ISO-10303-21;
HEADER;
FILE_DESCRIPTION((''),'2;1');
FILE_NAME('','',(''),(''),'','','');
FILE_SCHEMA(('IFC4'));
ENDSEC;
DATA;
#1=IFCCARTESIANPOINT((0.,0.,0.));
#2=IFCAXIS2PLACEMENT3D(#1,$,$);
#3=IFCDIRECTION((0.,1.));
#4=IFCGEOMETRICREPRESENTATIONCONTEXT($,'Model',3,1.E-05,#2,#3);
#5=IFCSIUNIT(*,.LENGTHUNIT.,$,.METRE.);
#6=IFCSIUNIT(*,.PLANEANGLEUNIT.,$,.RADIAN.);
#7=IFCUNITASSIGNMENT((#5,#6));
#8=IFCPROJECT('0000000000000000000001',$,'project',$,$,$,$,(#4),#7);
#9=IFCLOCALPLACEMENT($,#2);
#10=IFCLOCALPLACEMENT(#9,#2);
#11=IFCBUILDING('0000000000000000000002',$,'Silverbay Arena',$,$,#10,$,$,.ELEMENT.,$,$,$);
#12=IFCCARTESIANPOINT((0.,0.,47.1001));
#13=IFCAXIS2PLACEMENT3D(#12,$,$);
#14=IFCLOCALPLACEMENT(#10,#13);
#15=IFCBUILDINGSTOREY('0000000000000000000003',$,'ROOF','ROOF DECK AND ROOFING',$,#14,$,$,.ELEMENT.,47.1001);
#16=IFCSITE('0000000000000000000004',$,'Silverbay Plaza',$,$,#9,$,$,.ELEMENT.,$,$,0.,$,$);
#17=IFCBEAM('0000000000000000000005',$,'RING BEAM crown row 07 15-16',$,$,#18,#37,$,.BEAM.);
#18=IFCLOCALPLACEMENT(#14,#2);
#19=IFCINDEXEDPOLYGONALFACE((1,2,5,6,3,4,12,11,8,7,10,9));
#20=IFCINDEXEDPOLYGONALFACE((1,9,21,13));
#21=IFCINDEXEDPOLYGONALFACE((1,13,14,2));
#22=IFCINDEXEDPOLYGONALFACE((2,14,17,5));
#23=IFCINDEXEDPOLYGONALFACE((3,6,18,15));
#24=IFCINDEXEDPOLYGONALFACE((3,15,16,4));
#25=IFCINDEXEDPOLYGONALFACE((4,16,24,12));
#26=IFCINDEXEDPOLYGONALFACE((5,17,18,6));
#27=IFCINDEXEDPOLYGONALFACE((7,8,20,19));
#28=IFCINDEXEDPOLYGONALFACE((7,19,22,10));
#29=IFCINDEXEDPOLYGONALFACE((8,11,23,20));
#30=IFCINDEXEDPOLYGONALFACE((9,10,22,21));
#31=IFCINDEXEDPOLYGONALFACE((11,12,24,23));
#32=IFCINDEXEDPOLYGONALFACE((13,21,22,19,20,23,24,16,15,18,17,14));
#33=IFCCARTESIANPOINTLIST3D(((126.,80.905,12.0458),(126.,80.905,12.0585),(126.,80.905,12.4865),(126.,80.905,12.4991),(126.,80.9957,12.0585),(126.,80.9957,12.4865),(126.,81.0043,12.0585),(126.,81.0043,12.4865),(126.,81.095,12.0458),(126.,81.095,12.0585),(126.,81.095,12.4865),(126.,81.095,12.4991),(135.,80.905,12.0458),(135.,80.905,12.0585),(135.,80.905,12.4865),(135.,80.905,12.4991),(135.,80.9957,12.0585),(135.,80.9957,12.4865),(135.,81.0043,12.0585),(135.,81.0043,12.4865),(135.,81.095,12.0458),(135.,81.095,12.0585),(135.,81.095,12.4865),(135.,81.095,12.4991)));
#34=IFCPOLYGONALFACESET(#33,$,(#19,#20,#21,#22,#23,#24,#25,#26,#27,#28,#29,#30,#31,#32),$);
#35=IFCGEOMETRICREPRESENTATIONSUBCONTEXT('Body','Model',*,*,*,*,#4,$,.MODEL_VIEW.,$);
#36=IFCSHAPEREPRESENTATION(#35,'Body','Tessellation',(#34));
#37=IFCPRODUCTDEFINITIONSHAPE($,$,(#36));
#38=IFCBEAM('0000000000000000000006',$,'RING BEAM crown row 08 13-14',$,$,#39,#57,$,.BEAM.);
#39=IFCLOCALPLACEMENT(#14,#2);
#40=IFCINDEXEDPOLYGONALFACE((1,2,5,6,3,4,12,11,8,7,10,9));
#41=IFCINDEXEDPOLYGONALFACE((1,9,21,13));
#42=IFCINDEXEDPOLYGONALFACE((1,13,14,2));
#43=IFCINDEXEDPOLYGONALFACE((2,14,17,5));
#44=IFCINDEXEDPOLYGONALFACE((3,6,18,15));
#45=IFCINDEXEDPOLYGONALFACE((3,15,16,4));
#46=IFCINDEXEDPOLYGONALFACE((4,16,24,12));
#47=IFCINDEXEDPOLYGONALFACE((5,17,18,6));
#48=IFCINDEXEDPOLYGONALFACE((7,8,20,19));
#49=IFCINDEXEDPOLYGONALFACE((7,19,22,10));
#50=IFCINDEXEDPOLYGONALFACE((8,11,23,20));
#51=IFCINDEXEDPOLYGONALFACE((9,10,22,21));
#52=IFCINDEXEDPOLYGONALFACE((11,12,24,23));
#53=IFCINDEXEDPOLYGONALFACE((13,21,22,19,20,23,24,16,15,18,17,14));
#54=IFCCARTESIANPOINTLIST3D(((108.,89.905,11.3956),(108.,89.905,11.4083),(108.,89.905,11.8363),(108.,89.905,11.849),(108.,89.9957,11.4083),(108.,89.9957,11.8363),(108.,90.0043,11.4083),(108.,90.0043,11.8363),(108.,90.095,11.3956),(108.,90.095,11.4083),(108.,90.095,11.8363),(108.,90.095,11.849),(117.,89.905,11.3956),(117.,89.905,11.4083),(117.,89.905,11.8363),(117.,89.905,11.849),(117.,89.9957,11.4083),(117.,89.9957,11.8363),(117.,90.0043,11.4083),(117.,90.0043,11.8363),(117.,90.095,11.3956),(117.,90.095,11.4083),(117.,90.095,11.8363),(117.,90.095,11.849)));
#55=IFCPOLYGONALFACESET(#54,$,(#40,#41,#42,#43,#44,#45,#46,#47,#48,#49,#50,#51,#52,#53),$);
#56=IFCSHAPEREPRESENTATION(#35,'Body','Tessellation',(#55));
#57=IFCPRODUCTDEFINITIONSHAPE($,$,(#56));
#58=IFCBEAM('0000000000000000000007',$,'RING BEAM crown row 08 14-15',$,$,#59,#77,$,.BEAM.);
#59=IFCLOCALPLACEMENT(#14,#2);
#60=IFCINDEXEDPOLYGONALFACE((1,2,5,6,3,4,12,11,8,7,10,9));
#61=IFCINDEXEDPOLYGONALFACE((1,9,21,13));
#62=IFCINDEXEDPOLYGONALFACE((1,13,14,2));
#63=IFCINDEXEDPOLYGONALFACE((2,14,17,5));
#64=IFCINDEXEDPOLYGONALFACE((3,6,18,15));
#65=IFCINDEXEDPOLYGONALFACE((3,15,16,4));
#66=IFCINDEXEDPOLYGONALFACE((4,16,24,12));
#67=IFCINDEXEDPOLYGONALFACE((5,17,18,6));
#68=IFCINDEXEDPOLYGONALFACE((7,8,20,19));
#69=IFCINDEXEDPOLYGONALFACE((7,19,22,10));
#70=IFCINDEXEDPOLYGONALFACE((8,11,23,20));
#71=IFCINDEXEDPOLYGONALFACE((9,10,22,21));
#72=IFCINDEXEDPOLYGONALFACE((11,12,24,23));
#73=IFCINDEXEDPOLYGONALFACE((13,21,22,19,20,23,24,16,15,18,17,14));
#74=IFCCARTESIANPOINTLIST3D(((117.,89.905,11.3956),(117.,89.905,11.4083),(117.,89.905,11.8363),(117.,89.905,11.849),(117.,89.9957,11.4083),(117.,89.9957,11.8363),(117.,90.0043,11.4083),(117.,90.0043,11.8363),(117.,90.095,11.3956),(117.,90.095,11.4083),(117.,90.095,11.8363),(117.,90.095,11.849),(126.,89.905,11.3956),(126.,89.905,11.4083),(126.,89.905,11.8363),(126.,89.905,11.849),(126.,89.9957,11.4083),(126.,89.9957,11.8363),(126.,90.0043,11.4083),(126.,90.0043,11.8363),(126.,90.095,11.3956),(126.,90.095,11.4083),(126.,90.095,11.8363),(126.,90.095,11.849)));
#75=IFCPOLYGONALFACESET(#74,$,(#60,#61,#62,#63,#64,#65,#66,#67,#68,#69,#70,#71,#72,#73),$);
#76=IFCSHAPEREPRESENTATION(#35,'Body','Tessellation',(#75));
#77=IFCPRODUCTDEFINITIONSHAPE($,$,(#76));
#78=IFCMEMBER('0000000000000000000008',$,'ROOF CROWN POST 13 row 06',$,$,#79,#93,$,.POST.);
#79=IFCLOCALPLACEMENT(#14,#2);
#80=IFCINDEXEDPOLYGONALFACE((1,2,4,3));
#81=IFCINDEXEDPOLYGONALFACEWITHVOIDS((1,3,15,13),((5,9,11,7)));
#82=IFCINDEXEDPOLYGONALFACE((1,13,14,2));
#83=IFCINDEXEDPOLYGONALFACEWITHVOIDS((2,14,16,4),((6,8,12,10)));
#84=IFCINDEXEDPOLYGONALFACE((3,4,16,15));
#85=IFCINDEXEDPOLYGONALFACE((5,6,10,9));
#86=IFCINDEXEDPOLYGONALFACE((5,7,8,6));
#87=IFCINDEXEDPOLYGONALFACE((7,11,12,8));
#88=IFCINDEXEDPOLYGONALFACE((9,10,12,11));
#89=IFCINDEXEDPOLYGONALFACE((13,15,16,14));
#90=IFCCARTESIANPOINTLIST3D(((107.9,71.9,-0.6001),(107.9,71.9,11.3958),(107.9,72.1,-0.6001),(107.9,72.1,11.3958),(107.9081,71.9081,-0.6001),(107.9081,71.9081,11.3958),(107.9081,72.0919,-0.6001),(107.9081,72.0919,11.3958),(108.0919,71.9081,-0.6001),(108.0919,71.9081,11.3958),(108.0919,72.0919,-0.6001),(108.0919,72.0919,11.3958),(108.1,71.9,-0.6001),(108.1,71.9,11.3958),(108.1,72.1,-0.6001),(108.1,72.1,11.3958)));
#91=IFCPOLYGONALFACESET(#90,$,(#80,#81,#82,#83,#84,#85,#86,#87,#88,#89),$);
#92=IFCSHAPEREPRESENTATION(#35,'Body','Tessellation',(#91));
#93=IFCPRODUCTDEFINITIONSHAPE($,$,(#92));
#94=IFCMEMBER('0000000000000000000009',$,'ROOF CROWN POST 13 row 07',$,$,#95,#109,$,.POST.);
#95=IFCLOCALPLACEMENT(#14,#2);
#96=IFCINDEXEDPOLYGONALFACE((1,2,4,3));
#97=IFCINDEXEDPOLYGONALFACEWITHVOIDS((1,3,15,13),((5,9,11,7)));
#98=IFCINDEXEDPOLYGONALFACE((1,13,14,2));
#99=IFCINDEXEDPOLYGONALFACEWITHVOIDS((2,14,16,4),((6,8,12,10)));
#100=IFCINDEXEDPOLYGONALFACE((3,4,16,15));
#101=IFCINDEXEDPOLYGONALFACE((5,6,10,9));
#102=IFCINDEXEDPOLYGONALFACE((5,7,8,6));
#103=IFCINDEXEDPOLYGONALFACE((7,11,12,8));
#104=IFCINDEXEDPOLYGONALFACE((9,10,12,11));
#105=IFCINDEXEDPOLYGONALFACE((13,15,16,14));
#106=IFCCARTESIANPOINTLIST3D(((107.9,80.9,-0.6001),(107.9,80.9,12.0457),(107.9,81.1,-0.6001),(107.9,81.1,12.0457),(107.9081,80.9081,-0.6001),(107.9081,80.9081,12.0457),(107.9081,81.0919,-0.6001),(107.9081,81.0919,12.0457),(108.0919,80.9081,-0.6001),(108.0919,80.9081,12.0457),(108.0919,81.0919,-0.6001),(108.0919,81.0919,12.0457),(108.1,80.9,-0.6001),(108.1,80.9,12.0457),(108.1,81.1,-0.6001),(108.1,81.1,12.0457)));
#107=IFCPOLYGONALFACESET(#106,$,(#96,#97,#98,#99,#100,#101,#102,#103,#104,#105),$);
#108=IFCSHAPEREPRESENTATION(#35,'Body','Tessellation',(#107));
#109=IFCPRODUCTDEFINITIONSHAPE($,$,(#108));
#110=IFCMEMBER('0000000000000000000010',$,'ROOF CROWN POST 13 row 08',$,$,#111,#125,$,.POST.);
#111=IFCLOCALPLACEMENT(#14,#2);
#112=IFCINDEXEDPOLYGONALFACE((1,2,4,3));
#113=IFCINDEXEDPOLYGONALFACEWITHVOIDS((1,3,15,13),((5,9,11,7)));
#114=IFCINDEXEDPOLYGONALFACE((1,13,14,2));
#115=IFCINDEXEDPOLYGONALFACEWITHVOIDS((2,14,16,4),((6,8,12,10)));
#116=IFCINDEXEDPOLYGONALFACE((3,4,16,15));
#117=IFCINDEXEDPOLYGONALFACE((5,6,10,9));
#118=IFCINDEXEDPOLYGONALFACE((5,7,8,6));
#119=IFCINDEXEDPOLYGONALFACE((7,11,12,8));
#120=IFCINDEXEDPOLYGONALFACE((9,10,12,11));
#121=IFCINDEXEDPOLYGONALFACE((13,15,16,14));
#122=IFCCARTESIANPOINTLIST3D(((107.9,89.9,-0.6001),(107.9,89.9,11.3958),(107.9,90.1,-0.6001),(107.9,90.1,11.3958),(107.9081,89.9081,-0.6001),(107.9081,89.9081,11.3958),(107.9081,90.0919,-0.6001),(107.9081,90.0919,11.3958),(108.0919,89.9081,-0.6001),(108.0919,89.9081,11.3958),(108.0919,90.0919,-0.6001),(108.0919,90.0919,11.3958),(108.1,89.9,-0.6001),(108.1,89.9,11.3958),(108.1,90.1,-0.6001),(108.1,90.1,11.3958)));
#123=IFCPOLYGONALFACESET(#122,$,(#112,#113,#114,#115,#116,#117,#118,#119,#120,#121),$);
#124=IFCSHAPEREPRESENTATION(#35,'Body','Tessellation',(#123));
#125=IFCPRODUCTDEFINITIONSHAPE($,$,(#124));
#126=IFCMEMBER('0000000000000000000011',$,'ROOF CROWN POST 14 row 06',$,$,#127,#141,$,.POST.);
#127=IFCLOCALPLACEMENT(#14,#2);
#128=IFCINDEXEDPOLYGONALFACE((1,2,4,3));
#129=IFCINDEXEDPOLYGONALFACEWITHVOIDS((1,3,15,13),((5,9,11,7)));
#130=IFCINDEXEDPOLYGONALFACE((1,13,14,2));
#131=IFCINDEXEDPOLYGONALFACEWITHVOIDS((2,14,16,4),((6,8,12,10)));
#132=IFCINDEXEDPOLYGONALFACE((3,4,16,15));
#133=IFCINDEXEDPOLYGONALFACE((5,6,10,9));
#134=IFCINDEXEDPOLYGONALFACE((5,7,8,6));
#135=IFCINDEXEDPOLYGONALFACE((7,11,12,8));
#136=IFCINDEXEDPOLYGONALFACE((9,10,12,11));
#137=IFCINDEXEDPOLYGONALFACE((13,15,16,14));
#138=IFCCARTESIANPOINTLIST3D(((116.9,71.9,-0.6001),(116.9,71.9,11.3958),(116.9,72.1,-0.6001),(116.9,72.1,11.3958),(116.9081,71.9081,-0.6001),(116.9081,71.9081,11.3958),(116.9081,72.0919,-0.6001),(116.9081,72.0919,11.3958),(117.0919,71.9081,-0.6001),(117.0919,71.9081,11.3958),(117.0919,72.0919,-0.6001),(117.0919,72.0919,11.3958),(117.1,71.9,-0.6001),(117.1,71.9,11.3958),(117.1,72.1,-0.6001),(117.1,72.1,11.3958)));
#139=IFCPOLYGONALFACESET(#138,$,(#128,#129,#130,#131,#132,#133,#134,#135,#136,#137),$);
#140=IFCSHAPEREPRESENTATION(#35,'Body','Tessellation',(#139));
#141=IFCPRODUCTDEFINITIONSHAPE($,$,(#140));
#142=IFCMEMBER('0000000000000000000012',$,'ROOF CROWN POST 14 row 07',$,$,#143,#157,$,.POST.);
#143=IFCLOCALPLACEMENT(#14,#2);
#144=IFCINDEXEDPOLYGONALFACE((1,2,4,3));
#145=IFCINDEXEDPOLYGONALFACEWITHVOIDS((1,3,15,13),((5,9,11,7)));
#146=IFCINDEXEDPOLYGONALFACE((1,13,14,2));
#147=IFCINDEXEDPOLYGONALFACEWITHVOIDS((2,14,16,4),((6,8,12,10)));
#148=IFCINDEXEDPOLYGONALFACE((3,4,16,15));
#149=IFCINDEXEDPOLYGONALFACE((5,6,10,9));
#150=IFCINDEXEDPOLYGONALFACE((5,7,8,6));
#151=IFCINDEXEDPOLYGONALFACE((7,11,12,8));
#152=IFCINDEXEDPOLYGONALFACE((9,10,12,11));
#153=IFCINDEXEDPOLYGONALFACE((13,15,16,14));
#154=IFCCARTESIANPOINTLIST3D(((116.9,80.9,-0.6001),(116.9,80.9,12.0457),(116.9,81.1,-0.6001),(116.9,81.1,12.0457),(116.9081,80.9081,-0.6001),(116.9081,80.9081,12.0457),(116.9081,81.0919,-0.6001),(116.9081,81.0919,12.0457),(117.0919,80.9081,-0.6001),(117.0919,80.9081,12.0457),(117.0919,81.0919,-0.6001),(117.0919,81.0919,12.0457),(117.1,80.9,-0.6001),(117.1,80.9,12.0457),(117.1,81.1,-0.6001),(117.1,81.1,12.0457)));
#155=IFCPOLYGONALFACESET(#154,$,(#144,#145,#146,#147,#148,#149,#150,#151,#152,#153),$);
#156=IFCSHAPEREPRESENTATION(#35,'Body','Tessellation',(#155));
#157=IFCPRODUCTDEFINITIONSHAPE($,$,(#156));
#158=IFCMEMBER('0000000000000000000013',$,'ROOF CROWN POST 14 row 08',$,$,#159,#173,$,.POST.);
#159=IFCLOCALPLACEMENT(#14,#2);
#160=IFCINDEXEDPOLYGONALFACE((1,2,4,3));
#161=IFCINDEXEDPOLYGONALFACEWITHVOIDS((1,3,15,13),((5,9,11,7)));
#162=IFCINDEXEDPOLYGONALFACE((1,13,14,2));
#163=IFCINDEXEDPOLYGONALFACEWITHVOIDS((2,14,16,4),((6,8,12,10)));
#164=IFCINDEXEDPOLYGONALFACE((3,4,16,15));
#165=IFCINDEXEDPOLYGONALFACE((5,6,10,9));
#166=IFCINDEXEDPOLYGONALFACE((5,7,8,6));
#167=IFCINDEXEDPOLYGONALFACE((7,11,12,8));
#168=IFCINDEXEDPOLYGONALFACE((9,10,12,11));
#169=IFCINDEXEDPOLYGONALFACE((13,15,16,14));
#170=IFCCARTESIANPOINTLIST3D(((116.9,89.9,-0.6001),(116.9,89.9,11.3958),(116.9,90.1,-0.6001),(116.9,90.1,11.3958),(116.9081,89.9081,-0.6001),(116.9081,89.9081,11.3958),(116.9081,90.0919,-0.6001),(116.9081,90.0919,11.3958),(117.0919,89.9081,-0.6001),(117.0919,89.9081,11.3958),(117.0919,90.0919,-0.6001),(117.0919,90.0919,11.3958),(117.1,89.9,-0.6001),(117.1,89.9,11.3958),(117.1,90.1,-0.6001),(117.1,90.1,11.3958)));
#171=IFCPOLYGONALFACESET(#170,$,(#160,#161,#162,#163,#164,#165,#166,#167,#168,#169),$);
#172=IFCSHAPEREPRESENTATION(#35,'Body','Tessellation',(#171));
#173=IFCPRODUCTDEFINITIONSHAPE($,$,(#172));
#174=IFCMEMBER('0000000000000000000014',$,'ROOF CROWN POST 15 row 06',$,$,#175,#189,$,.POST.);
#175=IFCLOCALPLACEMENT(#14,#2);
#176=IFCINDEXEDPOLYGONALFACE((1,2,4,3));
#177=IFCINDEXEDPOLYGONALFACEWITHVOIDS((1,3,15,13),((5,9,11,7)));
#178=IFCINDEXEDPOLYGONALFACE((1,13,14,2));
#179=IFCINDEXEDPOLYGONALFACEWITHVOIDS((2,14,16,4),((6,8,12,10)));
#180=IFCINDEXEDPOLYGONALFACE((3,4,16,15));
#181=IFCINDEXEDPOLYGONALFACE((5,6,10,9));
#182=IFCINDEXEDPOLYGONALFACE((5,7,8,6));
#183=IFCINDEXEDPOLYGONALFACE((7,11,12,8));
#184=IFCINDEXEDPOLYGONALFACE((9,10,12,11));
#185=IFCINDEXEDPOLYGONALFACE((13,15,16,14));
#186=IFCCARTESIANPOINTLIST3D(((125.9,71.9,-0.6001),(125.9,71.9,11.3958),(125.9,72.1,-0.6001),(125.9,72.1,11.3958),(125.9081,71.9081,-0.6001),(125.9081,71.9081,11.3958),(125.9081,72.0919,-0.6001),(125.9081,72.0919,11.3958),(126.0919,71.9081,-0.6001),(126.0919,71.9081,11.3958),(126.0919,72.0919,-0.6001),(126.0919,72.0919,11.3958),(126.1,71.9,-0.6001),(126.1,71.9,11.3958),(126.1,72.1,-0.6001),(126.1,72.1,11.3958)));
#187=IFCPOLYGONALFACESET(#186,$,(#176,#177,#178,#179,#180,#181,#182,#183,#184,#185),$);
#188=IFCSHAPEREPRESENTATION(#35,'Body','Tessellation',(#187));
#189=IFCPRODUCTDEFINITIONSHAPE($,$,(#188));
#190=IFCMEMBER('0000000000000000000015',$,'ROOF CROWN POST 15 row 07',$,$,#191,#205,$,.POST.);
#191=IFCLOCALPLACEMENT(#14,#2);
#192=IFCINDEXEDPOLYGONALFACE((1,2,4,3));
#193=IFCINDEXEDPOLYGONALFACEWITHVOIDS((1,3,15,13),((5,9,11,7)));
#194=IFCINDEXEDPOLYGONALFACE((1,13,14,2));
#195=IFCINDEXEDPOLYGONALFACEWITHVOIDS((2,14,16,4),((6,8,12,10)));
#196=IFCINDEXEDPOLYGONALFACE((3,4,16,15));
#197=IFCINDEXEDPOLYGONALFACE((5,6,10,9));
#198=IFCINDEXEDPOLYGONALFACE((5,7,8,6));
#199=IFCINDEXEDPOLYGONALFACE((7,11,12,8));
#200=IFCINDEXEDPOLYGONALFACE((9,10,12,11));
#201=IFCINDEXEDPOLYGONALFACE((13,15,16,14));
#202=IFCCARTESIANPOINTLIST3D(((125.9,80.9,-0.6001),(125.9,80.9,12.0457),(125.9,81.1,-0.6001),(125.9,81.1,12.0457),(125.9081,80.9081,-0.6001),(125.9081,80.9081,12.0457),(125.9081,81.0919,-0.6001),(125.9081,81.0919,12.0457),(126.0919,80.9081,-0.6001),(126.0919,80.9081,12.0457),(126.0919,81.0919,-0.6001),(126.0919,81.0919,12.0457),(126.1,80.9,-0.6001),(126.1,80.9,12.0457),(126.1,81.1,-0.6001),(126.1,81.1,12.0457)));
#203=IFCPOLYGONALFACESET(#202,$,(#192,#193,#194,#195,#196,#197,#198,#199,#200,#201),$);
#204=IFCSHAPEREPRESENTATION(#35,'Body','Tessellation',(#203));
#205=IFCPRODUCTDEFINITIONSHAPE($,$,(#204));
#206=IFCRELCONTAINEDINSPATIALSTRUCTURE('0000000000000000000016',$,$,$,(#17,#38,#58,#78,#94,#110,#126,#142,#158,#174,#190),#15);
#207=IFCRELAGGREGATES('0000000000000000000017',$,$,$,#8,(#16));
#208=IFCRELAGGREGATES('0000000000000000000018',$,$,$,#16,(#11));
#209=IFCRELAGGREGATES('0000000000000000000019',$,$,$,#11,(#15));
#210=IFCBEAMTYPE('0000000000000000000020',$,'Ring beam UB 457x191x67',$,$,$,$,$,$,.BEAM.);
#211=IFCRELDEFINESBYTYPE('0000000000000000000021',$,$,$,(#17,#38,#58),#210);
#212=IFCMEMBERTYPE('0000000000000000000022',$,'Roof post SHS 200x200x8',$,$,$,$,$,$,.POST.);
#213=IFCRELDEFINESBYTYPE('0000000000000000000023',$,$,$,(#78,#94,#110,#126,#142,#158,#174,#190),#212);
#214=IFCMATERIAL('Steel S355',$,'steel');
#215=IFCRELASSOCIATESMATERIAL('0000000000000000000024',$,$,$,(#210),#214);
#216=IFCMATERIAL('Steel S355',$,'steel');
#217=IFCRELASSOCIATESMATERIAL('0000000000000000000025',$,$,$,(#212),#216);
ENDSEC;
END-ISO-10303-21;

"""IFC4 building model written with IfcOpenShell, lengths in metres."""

from ifc_helpers import new_model, si_unit, direction, frame, origin, origin_2d, place, context, subcontext, project, spatial, hollow_rectangle, i_section, extrude, material, material_profile, profile_set, type_object, element, save


model = new_model("IFC4")

# Units and contexts
model_context = context("Model", 3, precision=1e-05, world=origin(), true_north=direction((0.0, 1.0)))
body_context = subcontext(model_context, "Body", "Model", "MODEL_VIEW")
ifc_project = project(units=[si_unit("LENGTHUNIT", "METRE"), si_unit("PLANEANGLEUNIT", "RADIAN")], contexts=[model_context])

# Site, building, storey
site_placement = place(None, origin())
site = spatial("IfcSite", under=ifc_project, at=site_placement, Name="Silverbay Plaza", CompositionType="ELEMENT", RefElevation=0.0)
building_placement = place(site_placement, origin())
building = spatial("IfcBuilding", under=site, at=building_placement, Name="Silverbay Arena", CompositionType="ELEMENT")
storey_placement = place(building_placement, frame((0.0, 0.0, 47.1001)))
storey = spatial("IfcBuildingStorey", under=building, at=storey_placement, Name="ROOF", Description="ROOF DECK AND ROOFING", CompositionType="ELEMENT", Elevation=47.1001)

# Beams
ifc_material_1 = material(Name="Steel S355", Category="steel")
ifc_material_profile_1 = material_profile(ifc_material_1, i_section(OverallWidth=0.1899, OverallDepth=0.4534, WebThickness=0.0085, FlangeThickness=0.0127, at=origin_2d()), Name="UB 457x191x67")
ifc_profile_set_1 = profile_set([ifc_material_profile_1], Name="Steel S355")
beam_type = type_object("IfcBeamType", Name="Ring beam UB 457x191x67", PredefinedType="BEAM", material=ifc_profile_set_1)
for number, where, z_axis, x_axis, name in (
    (1, (126.0, 81.0, 12.2725), (1.0, 0.0, 0.0), (0.0, 1.0, 0.0), "RING BEAM crown row 07 15-16"),
    (2, (108.0, 90.0, 11.6223), (1.0, 0.0, 0.0), (0.0, 1.0, 0.0), "RING BEAM crown row 08 13-14"),
    (3, (117.0, 90.0, 11.6223), (1.0, 0.0, 0.0), (0.0, 1.0, 0.0), "RING BEAM crown row 08 14-15"),
):
    element("IfcBeam", number, at=place(storey_placement, frame(where, z_axis=z_axis, x_axis=x_axis)), inside=storey, type_object=beam_type, Name=name, PredefinedType="BEAM", context=body_context, shape_type="SweptSolid", body=[
        extrude(i_section(OverallWidth=0.1899, OverallDepth=0.4534, WebThickness=0.0085, FlangeThickness=0.0127, at=origin_2d()), origin(), (0.0, 0.0, 1.0), 9.0),
    ])

# Members
ifc_material_2 = material(Name="Steel S355", Category="steel")
ifc_material_profile_2 = material_profile(ifc_material_2, hollow_rectangle(XDim=0.2, YDim=0.2, WallThickness=0.0081, at=origin_2d()), Name="SHS 200x200x8")
ifc_profile_set_2 = profile_set([ifc_material_profile_2], Name="Steel S355")
member_type_1 = type_object("IfcMemberType", Name="Roof post SHS 200x200x8", PredefinedType="POST", material=ifc_profile_set_2)
member_1_placement = place(storey_placement, frame((108.0, 72.0, -0.6001), z_axis=(0.0, 0.0, 1.0), x_axis=(1.0, 0.0, 0.0)))
element("IfcMember", 4, at=member_1_placement, inside=storey, type_object=member_type_1, Name="ROOF CROWN POST 13 row 06", PredefinedType="POST", context=body_context, shape_type="SweptSolid", body=[
    extrude(hollow_rectangle(XDim=0.2, YDim=0.2, WallThickness=0.0081, at=origin_2d()), origin(), (0.0, 0.0, 1.0), 11.9958),
])
member_2_placement = place(storey_placement, frame((108.0, 81.0, -0.6001), z_axis=(0.0, 0.0, 1.0), x_axis=(1.0, 0.0, 0.0)))
element("IfcMember", 5, at=member_2_placement, inside=storey, type_object=member_type_1, Name="ROOF CROWN POST 13 row 07", PredefinedType="POST", context=body_context, shape_type="SweptSolid", body=[
    extrude(hollow_rectangle(XDim=0.2, YDim=0.2, WallThickness=0.0081, at=origin_2d()), origin(), (0.0, 0.0, 1.0), 12.6458),
])
for number, where, z_axis, x_axis, name in (
    (6, (108.0, 90.0, -0.6001), (0.0, 0.0, 1.0), (1.0, 0.0, 0.0), "ROOF CROWN POST 13 row 08"),
    (7, (117.0, 72.0, -0.6001), (0.0, 0.0, 1.0), (1.0, 0.0, 0.0), "ROOF CROWN POST 14 row 06"),
):
    element("IfcMember", number, at=place(storey_placement, frame(where, z_axis=z_axis, x_axis=x_axis)), inside=storey, type_object=member_type_1, Name=name, PredefinedType="POST", context=body_context, shape_type="SweptSolid", body=[
        extrude(hollow_rectangle(XDim=0.2, YDim=0.2, WallThickness=0.0081, at=origin_2d()), origin(), (0.0, 0.0, 1.0), 11.9958),
    ])
member_3_placement = place(storey_placement, frame((117.0, 81.0, -0.6001), z_axis=(0.0, 0.0, 1.0), x_axis=(1.0, 0.0, 0.0)))
element("IfcMember", 8, at=member_3_placement, inside=storey, type_object=member_type_1, Name="ROOF CROWN POST 14 row 07", PredefinedType="POST", context=body_context, shape_type="SweptSolid", body=[
    extrude(hollow_rectangle(XDim=0.2, YDim=0.2, WallThickness=0.0081, at=origin_2d()), origin(), (0.0, 0.0, 1.0), 12.6458),
])
for number, where, z_axis, x_axis, name in (
    (9, (117.0, 90.0, -0.6001), (0.0, 0.0, 1.0), (1.0, 0.0, 0.0), "ROOF CROWN POST 14 row 08"),
    (10, (126.0, 72.0, -0.6001), (0.0, 0.0, 1.0), (1.0, 0.0, 0.0), "ROOF CROWN POST 15 row 06"),
):
    element("IfcMember", number, at=place(storey_placement, frame(where, z_axis=z_axis, x_axis=x_axis)), inside=storey, type_object=member_type_1, Name=name, PredefinedType="POST", context=body_context, shape_type="SweptSolid", body=[
        extrude(hollow_rectangle(XDim=0.2, YDim=0.2, WallThickness=0.0081, at=origin_2d()), origin(), (0.0, 0.0, 1.0), 11.9958),
    ])
member_4_placement = place(storey_placement, frame((126.0, 81.0, -0.6001), z_axis=(0.0, 0.0, 1.0), x_axis=(1.0, 0.0, 0.0)))
element("IfcMember", 11, at=member_4_placement, inside=storey, type_object=member_type_1, Name="ROOF CROWN POST 15 row 07", PredefinedType="POST", context=body_context, shape_type="SweptSolid", body=[
    extrude(hollow_rectangle(XDim=0.2, YDim=0.2, WallThickness=0.0081, at=origin_2d()), origin(), (0.0, 0.0, 1.0), 12.6458),
])

save(model, "model.ifc")
